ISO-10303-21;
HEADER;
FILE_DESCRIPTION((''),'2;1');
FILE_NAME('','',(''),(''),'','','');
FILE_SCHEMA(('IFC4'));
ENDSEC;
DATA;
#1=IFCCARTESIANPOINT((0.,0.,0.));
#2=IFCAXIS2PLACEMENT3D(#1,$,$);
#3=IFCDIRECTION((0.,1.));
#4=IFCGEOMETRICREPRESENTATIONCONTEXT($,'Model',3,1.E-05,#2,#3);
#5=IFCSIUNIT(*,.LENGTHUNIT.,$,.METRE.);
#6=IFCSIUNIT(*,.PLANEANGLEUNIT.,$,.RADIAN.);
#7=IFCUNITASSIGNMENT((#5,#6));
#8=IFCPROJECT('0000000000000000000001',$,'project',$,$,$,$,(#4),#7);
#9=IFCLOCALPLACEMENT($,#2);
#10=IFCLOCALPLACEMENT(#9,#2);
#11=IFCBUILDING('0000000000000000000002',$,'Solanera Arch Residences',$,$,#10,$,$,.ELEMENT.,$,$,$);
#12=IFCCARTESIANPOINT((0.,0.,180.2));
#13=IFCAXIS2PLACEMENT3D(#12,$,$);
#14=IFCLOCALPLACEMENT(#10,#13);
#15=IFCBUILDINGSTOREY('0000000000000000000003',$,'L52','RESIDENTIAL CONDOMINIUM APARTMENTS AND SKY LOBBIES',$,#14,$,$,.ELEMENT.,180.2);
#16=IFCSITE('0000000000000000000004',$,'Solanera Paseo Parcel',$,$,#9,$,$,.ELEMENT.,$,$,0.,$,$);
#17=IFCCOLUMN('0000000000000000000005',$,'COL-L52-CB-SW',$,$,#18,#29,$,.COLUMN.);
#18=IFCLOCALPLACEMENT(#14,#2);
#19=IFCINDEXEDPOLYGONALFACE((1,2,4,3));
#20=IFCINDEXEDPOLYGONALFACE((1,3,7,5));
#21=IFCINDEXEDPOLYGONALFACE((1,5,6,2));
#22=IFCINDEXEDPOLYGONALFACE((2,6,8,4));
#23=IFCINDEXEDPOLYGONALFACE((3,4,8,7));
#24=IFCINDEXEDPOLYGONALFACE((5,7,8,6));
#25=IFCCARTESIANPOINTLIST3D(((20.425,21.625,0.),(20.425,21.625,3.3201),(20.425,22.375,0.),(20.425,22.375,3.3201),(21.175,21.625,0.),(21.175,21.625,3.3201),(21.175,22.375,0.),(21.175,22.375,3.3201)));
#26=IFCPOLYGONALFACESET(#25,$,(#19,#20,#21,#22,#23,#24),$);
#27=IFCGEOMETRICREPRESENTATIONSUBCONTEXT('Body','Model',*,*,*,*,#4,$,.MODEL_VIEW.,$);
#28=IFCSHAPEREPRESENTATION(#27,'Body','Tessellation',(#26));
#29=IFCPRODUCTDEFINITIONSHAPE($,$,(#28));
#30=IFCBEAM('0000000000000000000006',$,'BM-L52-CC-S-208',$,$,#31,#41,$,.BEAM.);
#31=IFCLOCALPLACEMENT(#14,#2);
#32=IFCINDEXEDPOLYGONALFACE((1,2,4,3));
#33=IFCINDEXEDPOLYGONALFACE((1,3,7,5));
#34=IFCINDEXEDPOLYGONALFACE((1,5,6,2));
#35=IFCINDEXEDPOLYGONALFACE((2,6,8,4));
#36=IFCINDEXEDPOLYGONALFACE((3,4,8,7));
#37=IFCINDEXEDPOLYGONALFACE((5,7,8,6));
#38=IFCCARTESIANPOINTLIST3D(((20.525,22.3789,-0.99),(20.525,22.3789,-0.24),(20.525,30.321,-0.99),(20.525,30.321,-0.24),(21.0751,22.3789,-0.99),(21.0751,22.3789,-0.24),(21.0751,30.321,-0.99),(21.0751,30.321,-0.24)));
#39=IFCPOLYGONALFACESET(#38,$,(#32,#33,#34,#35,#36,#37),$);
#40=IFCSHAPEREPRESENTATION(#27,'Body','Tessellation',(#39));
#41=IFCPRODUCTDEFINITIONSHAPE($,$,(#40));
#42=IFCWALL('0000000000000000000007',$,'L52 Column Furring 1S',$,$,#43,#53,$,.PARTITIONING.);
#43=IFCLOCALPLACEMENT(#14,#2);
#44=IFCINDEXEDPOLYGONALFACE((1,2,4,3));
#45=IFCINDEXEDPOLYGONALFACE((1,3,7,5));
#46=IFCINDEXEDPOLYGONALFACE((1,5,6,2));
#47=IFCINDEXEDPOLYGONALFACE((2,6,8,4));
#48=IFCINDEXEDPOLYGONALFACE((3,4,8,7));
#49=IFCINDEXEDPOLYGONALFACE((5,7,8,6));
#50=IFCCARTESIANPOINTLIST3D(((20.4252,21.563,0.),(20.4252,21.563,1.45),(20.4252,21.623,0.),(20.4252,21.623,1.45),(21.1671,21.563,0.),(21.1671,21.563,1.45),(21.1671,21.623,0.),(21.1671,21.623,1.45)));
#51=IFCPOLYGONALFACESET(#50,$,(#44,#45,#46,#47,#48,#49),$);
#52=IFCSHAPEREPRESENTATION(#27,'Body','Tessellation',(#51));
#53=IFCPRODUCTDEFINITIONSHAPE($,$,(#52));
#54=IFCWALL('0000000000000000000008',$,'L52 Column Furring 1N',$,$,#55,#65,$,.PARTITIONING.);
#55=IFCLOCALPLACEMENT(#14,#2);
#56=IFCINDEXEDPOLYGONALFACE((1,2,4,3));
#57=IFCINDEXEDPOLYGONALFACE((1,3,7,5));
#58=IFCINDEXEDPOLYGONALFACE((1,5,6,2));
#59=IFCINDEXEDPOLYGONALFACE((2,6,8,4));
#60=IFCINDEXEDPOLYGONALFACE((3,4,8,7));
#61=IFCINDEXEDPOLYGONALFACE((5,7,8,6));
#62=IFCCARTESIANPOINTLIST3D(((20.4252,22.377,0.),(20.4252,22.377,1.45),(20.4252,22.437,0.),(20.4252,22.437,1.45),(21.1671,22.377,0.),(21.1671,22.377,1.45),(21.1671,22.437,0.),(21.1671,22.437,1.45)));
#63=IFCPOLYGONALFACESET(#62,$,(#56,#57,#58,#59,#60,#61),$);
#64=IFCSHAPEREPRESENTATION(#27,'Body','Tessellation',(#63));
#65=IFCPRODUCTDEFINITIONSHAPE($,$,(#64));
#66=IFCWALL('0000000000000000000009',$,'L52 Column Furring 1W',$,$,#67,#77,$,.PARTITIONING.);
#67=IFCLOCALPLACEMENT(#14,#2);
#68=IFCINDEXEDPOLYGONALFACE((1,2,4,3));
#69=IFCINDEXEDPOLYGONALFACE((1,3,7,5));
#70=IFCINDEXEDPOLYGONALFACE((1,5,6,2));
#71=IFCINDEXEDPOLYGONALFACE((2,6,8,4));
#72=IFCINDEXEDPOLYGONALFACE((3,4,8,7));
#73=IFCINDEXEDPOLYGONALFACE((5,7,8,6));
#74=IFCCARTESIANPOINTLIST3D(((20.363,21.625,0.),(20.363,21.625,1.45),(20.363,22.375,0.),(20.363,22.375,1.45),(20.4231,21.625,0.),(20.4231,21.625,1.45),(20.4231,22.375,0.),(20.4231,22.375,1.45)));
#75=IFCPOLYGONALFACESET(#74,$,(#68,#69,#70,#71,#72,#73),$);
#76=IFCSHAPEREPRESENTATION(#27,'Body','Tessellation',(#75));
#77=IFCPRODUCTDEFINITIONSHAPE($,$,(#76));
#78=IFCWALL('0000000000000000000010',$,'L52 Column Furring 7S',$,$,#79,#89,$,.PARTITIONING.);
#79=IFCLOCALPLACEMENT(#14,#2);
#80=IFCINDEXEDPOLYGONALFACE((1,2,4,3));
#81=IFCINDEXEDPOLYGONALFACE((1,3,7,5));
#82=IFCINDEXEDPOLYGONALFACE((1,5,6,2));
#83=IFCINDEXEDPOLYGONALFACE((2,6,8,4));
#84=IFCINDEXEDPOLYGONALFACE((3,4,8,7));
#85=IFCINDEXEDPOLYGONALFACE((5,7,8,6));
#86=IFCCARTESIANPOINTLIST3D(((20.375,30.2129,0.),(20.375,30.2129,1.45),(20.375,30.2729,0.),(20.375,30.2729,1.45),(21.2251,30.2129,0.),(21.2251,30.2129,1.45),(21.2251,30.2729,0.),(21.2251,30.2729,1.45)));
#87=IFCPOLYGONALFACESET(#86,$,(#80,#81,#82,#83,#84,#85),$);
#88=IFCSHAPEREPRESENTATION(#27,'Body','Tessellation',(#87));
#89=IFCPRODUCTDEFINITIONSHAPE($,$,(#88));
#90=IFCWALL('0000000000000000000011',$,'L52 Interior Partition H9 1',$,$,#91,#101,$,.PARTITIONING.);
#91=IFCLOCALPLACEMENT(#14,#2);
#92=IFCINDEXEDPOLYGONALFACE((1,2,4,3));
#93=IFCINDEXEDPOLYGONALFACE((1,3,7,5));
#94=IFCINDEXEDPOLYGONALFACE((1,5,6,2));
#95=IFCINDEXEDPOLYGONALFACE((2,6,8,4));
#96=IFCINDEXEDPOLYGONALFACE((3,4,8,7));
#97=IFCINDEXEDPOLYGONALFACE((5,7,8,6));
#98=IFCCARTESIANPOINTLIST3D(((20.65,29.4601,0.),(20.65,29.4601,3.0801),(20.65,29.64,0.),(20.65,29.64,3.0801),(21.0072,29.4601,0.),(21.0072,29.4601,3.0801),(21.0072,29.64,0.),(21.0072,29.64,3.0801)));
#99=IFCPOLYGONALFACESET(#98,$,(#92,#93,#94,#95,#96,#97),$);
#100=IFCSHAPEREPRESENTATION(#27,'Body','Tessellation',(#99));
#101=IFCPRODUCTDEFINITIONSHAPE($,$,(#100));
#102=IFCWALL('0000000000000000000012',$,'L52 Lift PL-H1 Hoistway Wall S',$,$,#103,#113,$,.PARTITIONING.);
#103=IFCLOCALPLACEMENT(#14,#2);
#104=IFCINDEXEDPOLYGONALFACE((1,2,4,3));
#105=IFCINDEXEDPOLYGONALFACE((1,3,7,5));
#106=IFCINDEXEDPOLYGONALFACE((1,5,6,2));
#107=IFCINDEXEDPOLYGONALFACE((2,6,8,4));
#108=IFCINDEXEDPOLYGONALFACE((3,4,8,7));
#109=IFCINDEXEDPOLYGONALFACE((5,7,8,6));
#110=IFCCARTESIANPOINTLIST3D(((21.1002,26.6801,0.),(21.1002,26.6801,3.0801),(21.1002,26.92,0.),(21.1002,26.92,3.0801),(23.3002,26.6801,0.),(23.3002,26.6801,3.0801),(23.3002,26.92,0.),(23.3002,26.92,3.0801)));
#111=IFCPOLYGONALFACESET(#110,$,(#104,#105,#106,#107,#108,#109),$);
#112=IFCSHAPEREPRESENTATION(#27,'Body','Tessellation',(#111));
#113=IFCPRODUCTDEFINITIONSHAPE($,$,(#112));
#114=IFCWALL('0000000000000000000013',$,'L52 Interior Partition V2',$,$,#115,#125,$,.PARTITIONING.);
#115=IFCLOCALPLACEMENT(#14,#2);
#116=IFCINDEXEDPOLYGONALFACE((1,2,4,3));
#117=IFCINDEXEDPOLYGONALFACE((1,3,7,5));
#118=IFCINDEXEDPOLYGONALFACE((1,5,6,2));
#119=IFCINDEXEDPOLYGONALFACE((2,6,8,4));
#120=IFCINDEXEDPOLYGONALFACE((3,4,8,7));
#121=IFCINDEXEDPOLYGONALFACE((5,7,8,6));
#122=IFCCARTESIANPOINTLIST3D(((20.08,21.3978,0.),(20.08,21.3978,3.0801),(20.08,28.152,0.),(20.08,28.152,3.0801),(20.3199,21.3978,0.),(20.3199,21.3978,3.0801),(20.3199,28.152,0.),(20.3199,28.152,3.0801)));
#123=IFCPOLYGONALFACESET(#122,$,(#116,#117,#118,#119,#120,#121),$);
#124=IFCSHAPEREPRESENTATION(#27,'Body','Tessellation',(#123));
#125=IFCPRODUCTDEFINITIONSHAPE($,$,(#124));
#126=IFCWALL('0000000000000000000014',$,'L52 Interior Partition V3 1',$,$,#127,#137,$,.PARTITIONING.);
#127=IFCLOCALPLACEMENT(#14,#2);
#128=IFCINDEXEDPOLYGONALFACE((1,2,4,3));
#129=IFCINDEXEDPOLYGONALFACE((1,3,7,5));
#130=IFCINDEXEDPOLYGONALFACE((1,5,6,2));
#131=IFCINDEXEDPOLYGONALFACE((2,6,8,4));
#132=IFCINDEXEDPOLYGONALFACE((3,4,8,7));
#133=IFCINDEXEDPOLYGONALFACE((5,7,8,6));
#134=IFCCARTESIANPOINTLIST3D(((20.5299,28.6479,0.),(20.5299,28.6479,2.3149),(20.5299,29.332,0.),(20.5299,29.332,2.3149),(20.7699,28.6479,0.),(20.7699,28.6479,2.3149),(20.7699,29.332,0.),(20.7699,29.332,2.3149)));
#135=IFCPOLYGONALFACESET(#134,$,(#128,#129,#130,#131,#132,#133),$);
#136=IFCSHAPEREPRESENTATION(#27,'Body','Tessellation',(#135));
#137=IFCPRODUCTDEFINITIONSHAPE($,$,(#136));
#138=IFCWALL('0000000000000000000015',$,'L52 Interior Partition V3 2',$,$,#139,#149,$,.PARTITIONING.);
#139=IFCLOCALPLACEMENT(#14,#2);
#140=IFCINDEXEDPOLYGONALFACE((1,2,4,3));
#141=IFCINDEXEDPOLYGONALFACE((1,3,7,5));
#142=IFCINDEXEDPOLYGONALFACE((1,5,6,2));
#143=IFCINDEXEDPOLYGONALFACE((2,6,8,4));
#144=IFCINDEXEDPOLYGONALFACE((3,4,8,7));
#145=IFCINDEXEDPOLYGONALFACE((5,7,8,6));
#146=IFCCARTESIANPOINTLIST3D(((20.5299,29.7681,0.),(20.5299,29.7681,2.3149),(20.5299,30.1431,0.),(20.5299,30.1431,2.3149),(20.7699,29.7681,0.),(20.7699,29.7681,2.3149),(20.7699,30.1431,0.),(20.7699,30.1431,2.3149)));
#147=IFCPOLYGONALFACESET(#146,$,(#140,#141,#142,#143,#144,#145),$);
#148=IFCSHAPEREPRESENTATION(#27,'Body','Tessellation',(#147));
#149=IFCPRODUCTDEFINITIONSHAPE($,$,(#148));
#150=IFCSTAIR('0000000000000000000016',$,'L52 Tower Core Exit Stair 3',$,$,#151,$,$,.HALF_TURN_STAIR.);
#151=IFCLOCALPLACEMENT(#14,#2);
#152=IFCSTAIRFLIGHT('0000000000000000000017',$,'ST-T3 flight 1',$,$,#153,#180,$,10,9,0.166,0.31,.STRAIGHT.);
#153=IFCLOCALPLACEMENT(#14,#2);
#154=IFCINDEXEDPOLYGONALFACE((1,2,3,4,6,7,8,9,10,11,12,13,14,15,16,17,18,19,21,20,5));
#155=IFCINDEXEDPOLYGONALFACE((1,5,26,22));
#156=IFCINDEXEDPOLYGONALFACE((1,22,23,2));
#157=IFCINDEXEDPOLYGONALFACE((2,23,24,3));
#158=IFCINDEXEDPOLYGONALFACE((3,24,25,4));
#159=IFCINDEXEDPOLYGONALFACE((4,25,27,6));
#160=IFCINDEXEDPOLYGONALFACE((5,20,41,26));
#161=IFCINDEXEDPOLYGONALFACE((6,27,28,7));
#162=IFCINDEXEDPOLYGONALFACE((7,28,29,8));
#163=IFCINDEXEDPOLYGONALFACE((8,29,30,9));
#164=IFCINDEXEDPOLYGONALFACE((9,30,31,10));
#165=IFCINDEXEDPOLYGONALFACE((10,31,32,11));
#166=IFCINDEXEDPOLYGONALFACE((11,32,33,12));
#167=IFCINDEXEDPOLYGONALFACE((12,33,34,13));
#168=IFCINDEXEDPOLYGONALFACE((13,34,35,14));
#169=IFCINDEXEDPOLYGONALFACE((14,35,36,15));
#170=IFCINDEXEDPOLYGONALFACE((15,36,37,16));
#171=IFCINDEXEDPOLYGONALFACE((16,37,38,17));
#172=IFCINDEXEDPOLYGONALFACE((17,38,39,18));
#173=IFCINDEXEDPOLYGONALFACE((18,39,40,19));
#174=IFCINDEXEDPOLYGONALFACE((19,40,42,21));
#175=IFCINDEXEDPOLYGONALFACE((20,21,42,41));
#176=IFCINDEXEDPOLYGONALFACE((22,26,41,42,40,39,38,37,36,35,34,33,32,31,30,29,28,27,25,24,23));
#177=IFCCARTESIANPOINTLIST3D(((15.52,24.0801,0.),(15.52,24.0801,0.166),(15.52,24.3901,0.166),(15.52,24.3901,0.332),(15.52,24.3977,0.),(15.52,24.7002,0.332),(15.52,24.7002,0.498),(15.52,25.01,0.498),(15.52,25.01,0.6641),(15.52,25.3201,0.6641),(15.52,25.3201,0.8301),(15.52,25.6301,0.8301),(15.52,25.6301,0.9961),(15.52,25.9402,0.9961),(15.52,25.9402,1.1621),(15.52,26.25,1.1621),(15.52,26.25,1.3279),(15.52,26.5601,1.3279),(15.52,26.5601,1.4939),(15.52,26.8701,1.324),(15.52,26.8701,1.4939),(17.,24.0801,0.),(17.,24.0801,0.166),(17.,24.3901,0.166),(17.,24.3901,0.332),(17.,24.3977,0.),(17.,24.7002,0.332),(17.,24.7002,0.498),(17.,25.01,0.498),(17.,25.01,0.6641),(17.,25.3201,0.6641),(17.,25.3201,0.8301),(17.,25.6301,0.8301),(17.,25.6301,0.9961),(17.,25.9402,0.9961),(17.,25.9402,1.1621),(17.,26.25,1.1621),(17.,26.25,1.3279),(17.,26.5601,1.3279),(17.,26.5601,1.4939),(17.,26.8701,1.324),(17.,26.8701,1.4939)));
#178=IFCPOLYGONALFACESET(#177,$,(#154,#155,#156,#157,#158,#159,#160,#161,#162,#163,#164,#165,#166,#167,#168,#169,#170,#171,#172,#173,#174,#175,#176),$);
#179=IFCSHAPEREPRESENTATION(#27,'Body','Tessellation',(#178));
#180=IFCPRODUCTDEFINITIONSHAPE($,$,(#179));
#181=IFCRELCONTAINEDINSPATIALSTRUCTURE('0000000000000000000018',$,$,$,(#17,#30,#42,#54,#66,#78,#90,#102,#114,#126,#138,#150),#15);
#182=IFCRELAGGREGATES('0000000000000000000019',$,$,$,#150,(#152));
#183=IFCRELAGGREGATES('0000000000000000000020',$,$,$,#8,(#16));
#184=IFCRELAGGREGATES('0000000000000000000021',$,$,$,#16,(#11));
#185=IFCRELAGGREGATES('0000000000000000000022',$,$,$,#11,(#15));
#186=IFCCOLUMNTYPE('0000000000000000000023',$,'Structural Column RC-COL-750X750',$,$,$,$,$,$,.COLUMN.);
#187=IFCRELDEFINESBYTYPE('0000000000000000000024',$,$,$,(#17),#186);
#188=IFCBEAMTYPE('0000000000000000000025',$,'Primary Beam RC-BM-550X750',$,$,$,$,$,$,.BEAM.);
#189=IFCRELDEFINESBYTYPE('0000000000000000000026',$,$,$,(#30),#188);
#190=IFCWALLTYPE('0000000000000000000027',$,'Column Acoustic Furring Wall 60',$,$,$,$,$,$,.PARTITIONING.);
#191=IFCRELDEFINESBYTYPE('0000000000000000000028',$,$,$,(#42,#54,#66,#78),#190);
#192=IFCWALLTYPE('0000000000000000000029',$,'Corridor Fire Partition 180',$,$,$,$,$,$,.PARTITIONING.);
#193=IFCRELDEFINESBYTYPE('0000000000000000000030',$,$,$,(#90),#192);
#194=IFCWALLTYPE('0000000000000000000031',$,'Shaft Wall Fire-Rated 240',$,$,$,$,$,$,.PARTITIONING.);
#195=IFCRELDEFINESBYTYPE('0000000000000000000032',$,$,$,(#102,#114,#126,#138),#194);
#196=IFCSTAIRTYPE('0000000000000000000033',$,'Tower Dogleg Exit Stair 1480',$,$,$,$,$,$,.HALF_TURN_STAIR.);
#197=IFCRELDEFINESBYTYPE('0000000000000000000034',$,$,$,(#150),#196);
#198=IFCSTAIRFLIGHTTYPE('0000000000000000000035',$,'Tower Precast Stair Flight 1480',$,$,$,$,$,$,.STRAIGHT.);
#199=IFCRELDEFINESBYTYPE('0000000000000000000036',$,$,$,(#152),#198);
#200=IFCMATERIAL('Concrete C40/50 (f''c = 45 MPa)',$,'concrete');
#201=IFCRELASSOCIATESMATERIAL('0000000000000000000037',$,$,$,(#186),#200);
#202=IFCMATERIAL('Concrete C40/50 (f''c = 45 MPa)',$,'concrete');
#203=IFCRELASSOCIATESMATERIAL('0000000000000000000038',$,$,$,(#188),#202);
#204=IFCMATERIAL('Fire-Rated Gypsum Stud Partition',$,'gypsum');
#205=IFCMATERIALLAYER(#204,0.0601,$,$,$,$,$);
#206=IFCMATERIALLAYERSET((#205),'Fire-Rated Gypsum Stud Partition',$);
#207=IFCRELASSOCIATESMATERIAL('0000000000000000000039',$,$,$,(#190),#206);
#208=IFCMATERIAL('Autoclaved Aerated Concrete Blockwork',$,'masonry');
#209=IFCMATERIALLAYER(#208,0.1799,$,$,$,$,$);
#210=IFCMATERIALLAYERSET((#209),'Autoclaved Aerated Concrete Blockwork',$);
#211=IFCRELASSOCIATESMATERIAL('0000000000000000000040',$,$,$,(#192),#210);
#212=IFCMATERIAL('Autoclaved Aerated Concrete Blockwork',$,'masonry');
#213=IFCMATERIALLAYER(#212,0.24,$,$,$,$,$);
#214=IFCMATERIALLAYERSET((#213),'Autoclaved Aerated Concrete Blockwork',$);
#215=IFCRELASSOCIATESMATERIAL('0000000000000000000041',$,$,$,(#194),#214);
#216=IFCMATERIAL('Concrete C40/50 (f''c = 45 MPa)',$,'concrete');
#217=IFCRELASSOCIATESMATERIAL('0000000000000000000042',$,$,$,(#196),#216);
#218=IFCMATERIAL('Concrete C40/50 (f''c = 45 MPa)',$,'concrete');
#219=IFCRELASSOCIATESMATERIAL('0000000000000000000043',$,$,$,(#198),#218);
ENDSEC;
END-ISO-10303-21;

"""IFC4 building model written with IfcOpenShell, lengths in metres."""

from ifc_helpers import new_model, si_unit, direction, frame, frame_2d, origin, origin_2d, place, context, subcontext, project, spatial, polyline, rectangle, outline, extrude, material, layer, layer_set, material_profile, profile_set, type_object, element, aggregate, save


model = new_model("IFC4")

# Units and contexts
model_context = context("Model", 3, precision=1e-05, world=origin(), true_north=direction((0.0, 1.0)))
body_context = subcontext(model_context, "Body", "Model", "MODEL_VIEW")
ifc_project = project(units=[si_unit("LENGTHUNIT", "METRE"), si_unit("PLANEANGLEUNIT", "RADIAN")], contexts=[model_context])

# Site, building, storey
site_placement = place(None, origin())
site = spatial("IfcSite", under=ifc_project, at=site_placement, Name="Solanera Paseo Parcel", CompositionType="ELEMENT", RefElevation=0.0)
building_placement = place(site_placement, origin())
building = spatial("IfcBuilding", under=site, at=building_placement, Name="Solanera Arch Residences", CompositionType="ELEMENT")
storey_placement = place(building_placement, frame((0.0, 0.0, 180.2)))
storey = spatial("IfcBuildingStorey", under=building, at=storey_placement, Name="L52", Description="RESIDENTIAL CONDOMINIUM APARTMENTS AND SKY LOBBIES", CompositionType="ELEMENT", Elevation=180.2)

# Column
ifc_material_1 = material(Name="Concrete C40/50 (f'c = 45 MPa)", Category="concrete")
ifc_material_profile_1 = material_profile(ifc_material_1, rectangle(XDim=0.75, YDim=0.75, at=origin_2d()))
ifc_profile_set_1 = profile_set([ifc_material_profile_1], Name="Concrete C40/50 (f'c = 45 MPa)")
column_type = type_object("IfcColumnType", Name="Structural Column RC-COL-750X750", PredefinedType="COLUMN", material=ifc_profile_set_1)
column_placement = place(storey_placement, frame((20.8, 22.0, 0.0), z_axis=(0.0, 0.0, 1.0), x_axis=(1.0, 0.0, 0.0)))
element("IfcColumn", 1, at=column_placement, inside=storey, type_object=column_type, Name="COL-L52-CB-SW", PredefinedType="COLUMN", context=body_context, shape_type="SweptSolid", body=[
    extrude(rectangle(XDim=0.75, YDim=0.75, at=origin_2d()), origin(), (0.0, 0.0, 1.0), 3.3201),
])

# Beam
ifc_material_2 = material(Name="Concrete C40/50 (f'c = 45 MPa)", Category="concrete")
ifc_material_profile_2 = material_profile(ifc_material_2, rectangle(XDim=0.55, YDim=0.75, at=origin_2d()))
ifc_profile_set_2 = profile_set([ifc_material_profile_2], Name="Concrete C40/50 (f'c = 45 MPa)")
beam_type = type_object("IfcBeamType", Name="Primary Beam RC-BM-550X750", PredefinedType="BEAM", material=ifc_profile_set_2)
beam_placement = place(storey_placement, frame((20.8, 22.3789, -0.615), z_axis=(0.0, 1.0, 0.0), x_axis=(-1.0, 0.0, 0.0)))
element("IfcBeam", 2, at=beam_placement, inside=storey, type_object=beam_type, Name="BM-L52-CC-S-208", PredefinedType="BEAM", context=body_context, shape_type="SweptSolid", body=[
    extrude(rectangle(XDim=0.55, YDim=0.75, at=origin_2d()), origin(), (0.0, 0.0, 1.0), 7.9421),
])

# Walls
ifc_material_3 = material(Name="Fire-Rated Gypsum Stud Partition", Category="gypsum")
ifc_layer_1 = layer(ifc_material_3, 0.0601)
ifc_layer_set_1 = layer_set([ifc_layer_1], Name="Fire-Rated Gypsum Stud Partition")
wall_type_1 = type_object("IfcWallType", Name="Column Acoustic Furring Wall 60", PredefinedType="PARTITIONING", material=ifc_layer_set_1)
for number, where, z_axis, x_axis, name in (
    (3, (20.425, 21.593, 0.0), (0.0, 0.0, 1.0), (1.0, 0.0, 0.0), "L52 Column Furring 1S"),
    (4, (20.425, 22.407, 0.0), (0.0, 0.0, 1.0), (1.0, 0.0, 0.0), "L52 Column Furring 1N"),
):
    element("IfcWall", number, at=place(storey_placement, frame(where, z_axis=z_axis, x_axis=x_axis)), inside=storey, type_object=wall_type_1, Name=name, PredefinedType="PARTITIONING", context=body_context, shape_type="SweptSolid", body=[
        extrude(rectangle(XDim=0.7419, YDim=0.0601, at=frame_2d((0.3711, 0.0))), origin(), (0.0, 0.0, 1.0), 1.45),
    ])
wall_1_placement = place(storey_placement, frame((20.3931, 21.625, 0.0), z_axis=(0.0, 0.0, 1.0), x_axis=(0.0, 1.0, 0.0)))
element("IfcWall", 5, at=wall_1_placement, inside=storey, type_object=wall_type_1, Name="L52 Column Furring 1W", PredefinedType="PARTITIONING", context=body_context, shape_type="SweptSolid", body=[
    extrude(rectangle(XDim=0.75, YDim=0.0601, at=frame_2d((0.375, 0.0))), origin(), (0.0, 0.0, 1.0), 1.45),
])
wall_2_placement = place(storey_placement, frame((20.375, 30.2429, 0.0), z_axis=(0.0, 0.0, 1.0), x_axis=(1.0, 0.0, 0.0)))
element("IfcWall", 6, at=wall_2_placement, inside=storey, type_object=wall_type_1, Name="L52 Column Furring 7S", PredefinedType="PARTITIONING", context=body_context, shape_type="SweptSolid", body=[
    extrude(rectangle(XDim=0.8501, YDim=0.0601, at=frame_2d((0.425, 0.0))), origin(), (0.0, 0.0, 1.0), 1.45),
])

# Walls
ifc_material_4 = material(Name="Autoclaved Aerated Concrete Blockwork", Category="masonry")
ifc_layer_2 = layer(ifc_material_4, 0.1799)
ifc_layer_set_2 = layer_set([ifc_layer_2], Name="Autoclaved Aerated Concrete Blockwork")
wall_type_2 = type_object("IfcWallType", Name="Corridor Fire Partition 180", PredefinedType="PARTITIONING", material=ifc_layer_set_2)
wall_3_placement = place(storey_placement, frame((20.6499, 29.55, 0.0), z_axis=(0.0, 0.0, 1.0), x_axis=(1.0, 0.0, 0.0)))
element("IfcWall", 7, at=wall_3_placement, inside=storey, type_object=wall_type_2, Name="L52 Interior Partition H9 1", PredefinedType="PARTITIONING", context=body_context, shape_type="SweptSolid", body=[
    extrude(rectangle(XDim=0.3572, YDim=0.1799, at=frame_2d((0.1787, 0.0))), origin(), (0.0, 0.0, 1.0), 3.0801),
])
ifc_material_5 = material(Name="Autoclaved Aerated Concrete Blockwork", Category="masonry")
ifc_layer_3 = layer(ifc_material_5, 0.24)
ifc_layer_set_3 = layer_set([ifc_layer_3], Name="Autoclaved Aerated Concrete Blockwork")
wall_type_3 = type_object("IfcWallType", Name="Shaft Wall Fire-Rated 240", PredefinedType="PARTITIONING", material=ifc_layer_set_3)
wall_4_placement = place(storey_placement, frame((21.1001, 26.8, 0.0), z_axis=(0.0, 0.0, 1.0), x_axis=(1.0, 0.0, 0.0)))
element("IfcWall", 8, at=wall_4_placement, inside=storey, type_object=wall_type_3, Name="L52 Lift PL-H1 Hoistway Wall S", PredefinedType="PARTITIONING", context=body_context, shape_type="SweptSolid", body=[
    extrude(rectangle(XDim=2.2, YDim=0.24, at=frame_2d((1.1001, 0.0))), origin(), (0.0, 0.0, 1.0), 3.0801),
])

# Walls
wall_5_placement = place(storey_placement, frame((20.2, 21.3979, 0.0), z_axis=(0.0, 0.0, 1.0), x_axis=(0.0, 1.0, 0.0)))
element("IfcWall", 9, at=wall_5_placement, inside=storey, type_object=wall_type_3, Name="L52 Interior Partition V2", PredefinedType="PARTITIONING", context=body_context, shape_type="SweptSolid", body=[
    extrude(rectangle(XDim=6.7542, YDim=0.24, at=frame_2d((3.377, 0.0))), origin(), (0.0, 0.0, 1.0), 3.0801),
])
wall_6_placement = place(storey_placement, frame((20.6499, 28.6479, 0.0), z_axis=(0.0, 0.0, 1.0), x_axis=(0.0, 1.0, 0.0)))
element("IfcWall", 10, at=wall_6_placement, inside=storey, type_object=wall_type_3, Name="L52 Interior Partition V3 1", PredefinedType="PARTITIONING", context=body_context, shape_type="SweptSolid", body=[
    extrude(rectangle(XDim=0.6841, YDim=0.24, at=frame_2d((0.342, 0.0))), origin(), (0.0, 0.0, 1.0), 2.3149),
])
wall_7_placement = place(storey_placement, frame((20.6499, 29.7681, 0.0), z_axis=(0.0, 0.0, 1.0), x_axis=(0.0, 1.0, 0.0)))
element("IfcWall", 11, at=wall_7_placement, inside=storey, type_object=wall_type_3, Name="L52 Interior Partition V3 2", PredefinedType="PARTITIONING", context=body_context, shape_type="SweptSolid", body=[
    extrude(rectangle(XDim=0.375, YDim=0.24, at=frame_2d((0.1875, 0.0))), origin(), (0.0, 0.0, 1.0), 2.3149),
])

# Stair, stair flight
ifc_material_6 = material(Name="Concrete C40/50 (f'c = 45 MPa)", Category="concrete")
stair_type = type_object("IfcStairType", Name="Tower Dogleg Exit Stair 1480", PredefinedType="HALF_TURN_STAIR", material=ifc_material_6)
stair_placement = place(storey_placement, origin())
stair = element("IfcStair", 12, at=stair_placement, inside=storey, type_object=stair_type, Name="L52 Tower Core Exit Stair 3", PredefinedType="HALF_TURN_STAIR")
ifc_material_7 = material(Name="Concrete C40/50 (f'c = 45 MPa)", Category="concrete")
stair_flight_type = type_object("IfcStairFlightType", Name="Tower Precast Stair Flight 1480", PredefinedType="STRAIGHT", material=ifc_material_7)
stair_flight_placement = place(storey_placement, frame((16.26, 24.0801, 0.0), z_axis=(0.0, 0.0, 1.0), x_axis=(0.0, 1.0, 0.0)))
stair_flight = element("IfcStairFlight", 13, at=stair_flight_placement, type_object=stair_flight_type, Name="ST-T3 flight 1", NumberOfRisers=10, NumberOfTreads=9, PredefinedType="STRAIGHT", RiserHeight=0.166, TreadLength=0.31, context=body_context, shape_type="SweptSolid", body=[
    extrude(outline(polyline([(0.0, 0.0), (0.0, 0.166), (0.3101, 0.166), (0.3101, 0.332), (0.6201, 0.332), (0.6201, 0.498), (0.9299, 0.498), (0.9299, 0.6641), (1.24, 0.6641), (1.24, 0.8301), (1.55, 0.8301), (1.55, 0.9961), (1.8601, 0.9961), (1.8601, 1.1621), (2.1699, 1.1621), (2.1699, 1.3279), (2.48, 1.3279), (2.48, 1.4939), (2.79, 1.4939), (2.79, 1.6599), (2.79, 1.324), (0.3176, 0.0), (0.0, 0.0)])), frame((0.0, 0.74, 0.0), z_axis=(0.0, -1.0, 0.0), x_axis=(1.0, 0.0, 0.0)), (0.0, 0.0, 1.0), 1.48),
])
aggregate(stair, [stair_flight])

save(model, "model.ifc")
